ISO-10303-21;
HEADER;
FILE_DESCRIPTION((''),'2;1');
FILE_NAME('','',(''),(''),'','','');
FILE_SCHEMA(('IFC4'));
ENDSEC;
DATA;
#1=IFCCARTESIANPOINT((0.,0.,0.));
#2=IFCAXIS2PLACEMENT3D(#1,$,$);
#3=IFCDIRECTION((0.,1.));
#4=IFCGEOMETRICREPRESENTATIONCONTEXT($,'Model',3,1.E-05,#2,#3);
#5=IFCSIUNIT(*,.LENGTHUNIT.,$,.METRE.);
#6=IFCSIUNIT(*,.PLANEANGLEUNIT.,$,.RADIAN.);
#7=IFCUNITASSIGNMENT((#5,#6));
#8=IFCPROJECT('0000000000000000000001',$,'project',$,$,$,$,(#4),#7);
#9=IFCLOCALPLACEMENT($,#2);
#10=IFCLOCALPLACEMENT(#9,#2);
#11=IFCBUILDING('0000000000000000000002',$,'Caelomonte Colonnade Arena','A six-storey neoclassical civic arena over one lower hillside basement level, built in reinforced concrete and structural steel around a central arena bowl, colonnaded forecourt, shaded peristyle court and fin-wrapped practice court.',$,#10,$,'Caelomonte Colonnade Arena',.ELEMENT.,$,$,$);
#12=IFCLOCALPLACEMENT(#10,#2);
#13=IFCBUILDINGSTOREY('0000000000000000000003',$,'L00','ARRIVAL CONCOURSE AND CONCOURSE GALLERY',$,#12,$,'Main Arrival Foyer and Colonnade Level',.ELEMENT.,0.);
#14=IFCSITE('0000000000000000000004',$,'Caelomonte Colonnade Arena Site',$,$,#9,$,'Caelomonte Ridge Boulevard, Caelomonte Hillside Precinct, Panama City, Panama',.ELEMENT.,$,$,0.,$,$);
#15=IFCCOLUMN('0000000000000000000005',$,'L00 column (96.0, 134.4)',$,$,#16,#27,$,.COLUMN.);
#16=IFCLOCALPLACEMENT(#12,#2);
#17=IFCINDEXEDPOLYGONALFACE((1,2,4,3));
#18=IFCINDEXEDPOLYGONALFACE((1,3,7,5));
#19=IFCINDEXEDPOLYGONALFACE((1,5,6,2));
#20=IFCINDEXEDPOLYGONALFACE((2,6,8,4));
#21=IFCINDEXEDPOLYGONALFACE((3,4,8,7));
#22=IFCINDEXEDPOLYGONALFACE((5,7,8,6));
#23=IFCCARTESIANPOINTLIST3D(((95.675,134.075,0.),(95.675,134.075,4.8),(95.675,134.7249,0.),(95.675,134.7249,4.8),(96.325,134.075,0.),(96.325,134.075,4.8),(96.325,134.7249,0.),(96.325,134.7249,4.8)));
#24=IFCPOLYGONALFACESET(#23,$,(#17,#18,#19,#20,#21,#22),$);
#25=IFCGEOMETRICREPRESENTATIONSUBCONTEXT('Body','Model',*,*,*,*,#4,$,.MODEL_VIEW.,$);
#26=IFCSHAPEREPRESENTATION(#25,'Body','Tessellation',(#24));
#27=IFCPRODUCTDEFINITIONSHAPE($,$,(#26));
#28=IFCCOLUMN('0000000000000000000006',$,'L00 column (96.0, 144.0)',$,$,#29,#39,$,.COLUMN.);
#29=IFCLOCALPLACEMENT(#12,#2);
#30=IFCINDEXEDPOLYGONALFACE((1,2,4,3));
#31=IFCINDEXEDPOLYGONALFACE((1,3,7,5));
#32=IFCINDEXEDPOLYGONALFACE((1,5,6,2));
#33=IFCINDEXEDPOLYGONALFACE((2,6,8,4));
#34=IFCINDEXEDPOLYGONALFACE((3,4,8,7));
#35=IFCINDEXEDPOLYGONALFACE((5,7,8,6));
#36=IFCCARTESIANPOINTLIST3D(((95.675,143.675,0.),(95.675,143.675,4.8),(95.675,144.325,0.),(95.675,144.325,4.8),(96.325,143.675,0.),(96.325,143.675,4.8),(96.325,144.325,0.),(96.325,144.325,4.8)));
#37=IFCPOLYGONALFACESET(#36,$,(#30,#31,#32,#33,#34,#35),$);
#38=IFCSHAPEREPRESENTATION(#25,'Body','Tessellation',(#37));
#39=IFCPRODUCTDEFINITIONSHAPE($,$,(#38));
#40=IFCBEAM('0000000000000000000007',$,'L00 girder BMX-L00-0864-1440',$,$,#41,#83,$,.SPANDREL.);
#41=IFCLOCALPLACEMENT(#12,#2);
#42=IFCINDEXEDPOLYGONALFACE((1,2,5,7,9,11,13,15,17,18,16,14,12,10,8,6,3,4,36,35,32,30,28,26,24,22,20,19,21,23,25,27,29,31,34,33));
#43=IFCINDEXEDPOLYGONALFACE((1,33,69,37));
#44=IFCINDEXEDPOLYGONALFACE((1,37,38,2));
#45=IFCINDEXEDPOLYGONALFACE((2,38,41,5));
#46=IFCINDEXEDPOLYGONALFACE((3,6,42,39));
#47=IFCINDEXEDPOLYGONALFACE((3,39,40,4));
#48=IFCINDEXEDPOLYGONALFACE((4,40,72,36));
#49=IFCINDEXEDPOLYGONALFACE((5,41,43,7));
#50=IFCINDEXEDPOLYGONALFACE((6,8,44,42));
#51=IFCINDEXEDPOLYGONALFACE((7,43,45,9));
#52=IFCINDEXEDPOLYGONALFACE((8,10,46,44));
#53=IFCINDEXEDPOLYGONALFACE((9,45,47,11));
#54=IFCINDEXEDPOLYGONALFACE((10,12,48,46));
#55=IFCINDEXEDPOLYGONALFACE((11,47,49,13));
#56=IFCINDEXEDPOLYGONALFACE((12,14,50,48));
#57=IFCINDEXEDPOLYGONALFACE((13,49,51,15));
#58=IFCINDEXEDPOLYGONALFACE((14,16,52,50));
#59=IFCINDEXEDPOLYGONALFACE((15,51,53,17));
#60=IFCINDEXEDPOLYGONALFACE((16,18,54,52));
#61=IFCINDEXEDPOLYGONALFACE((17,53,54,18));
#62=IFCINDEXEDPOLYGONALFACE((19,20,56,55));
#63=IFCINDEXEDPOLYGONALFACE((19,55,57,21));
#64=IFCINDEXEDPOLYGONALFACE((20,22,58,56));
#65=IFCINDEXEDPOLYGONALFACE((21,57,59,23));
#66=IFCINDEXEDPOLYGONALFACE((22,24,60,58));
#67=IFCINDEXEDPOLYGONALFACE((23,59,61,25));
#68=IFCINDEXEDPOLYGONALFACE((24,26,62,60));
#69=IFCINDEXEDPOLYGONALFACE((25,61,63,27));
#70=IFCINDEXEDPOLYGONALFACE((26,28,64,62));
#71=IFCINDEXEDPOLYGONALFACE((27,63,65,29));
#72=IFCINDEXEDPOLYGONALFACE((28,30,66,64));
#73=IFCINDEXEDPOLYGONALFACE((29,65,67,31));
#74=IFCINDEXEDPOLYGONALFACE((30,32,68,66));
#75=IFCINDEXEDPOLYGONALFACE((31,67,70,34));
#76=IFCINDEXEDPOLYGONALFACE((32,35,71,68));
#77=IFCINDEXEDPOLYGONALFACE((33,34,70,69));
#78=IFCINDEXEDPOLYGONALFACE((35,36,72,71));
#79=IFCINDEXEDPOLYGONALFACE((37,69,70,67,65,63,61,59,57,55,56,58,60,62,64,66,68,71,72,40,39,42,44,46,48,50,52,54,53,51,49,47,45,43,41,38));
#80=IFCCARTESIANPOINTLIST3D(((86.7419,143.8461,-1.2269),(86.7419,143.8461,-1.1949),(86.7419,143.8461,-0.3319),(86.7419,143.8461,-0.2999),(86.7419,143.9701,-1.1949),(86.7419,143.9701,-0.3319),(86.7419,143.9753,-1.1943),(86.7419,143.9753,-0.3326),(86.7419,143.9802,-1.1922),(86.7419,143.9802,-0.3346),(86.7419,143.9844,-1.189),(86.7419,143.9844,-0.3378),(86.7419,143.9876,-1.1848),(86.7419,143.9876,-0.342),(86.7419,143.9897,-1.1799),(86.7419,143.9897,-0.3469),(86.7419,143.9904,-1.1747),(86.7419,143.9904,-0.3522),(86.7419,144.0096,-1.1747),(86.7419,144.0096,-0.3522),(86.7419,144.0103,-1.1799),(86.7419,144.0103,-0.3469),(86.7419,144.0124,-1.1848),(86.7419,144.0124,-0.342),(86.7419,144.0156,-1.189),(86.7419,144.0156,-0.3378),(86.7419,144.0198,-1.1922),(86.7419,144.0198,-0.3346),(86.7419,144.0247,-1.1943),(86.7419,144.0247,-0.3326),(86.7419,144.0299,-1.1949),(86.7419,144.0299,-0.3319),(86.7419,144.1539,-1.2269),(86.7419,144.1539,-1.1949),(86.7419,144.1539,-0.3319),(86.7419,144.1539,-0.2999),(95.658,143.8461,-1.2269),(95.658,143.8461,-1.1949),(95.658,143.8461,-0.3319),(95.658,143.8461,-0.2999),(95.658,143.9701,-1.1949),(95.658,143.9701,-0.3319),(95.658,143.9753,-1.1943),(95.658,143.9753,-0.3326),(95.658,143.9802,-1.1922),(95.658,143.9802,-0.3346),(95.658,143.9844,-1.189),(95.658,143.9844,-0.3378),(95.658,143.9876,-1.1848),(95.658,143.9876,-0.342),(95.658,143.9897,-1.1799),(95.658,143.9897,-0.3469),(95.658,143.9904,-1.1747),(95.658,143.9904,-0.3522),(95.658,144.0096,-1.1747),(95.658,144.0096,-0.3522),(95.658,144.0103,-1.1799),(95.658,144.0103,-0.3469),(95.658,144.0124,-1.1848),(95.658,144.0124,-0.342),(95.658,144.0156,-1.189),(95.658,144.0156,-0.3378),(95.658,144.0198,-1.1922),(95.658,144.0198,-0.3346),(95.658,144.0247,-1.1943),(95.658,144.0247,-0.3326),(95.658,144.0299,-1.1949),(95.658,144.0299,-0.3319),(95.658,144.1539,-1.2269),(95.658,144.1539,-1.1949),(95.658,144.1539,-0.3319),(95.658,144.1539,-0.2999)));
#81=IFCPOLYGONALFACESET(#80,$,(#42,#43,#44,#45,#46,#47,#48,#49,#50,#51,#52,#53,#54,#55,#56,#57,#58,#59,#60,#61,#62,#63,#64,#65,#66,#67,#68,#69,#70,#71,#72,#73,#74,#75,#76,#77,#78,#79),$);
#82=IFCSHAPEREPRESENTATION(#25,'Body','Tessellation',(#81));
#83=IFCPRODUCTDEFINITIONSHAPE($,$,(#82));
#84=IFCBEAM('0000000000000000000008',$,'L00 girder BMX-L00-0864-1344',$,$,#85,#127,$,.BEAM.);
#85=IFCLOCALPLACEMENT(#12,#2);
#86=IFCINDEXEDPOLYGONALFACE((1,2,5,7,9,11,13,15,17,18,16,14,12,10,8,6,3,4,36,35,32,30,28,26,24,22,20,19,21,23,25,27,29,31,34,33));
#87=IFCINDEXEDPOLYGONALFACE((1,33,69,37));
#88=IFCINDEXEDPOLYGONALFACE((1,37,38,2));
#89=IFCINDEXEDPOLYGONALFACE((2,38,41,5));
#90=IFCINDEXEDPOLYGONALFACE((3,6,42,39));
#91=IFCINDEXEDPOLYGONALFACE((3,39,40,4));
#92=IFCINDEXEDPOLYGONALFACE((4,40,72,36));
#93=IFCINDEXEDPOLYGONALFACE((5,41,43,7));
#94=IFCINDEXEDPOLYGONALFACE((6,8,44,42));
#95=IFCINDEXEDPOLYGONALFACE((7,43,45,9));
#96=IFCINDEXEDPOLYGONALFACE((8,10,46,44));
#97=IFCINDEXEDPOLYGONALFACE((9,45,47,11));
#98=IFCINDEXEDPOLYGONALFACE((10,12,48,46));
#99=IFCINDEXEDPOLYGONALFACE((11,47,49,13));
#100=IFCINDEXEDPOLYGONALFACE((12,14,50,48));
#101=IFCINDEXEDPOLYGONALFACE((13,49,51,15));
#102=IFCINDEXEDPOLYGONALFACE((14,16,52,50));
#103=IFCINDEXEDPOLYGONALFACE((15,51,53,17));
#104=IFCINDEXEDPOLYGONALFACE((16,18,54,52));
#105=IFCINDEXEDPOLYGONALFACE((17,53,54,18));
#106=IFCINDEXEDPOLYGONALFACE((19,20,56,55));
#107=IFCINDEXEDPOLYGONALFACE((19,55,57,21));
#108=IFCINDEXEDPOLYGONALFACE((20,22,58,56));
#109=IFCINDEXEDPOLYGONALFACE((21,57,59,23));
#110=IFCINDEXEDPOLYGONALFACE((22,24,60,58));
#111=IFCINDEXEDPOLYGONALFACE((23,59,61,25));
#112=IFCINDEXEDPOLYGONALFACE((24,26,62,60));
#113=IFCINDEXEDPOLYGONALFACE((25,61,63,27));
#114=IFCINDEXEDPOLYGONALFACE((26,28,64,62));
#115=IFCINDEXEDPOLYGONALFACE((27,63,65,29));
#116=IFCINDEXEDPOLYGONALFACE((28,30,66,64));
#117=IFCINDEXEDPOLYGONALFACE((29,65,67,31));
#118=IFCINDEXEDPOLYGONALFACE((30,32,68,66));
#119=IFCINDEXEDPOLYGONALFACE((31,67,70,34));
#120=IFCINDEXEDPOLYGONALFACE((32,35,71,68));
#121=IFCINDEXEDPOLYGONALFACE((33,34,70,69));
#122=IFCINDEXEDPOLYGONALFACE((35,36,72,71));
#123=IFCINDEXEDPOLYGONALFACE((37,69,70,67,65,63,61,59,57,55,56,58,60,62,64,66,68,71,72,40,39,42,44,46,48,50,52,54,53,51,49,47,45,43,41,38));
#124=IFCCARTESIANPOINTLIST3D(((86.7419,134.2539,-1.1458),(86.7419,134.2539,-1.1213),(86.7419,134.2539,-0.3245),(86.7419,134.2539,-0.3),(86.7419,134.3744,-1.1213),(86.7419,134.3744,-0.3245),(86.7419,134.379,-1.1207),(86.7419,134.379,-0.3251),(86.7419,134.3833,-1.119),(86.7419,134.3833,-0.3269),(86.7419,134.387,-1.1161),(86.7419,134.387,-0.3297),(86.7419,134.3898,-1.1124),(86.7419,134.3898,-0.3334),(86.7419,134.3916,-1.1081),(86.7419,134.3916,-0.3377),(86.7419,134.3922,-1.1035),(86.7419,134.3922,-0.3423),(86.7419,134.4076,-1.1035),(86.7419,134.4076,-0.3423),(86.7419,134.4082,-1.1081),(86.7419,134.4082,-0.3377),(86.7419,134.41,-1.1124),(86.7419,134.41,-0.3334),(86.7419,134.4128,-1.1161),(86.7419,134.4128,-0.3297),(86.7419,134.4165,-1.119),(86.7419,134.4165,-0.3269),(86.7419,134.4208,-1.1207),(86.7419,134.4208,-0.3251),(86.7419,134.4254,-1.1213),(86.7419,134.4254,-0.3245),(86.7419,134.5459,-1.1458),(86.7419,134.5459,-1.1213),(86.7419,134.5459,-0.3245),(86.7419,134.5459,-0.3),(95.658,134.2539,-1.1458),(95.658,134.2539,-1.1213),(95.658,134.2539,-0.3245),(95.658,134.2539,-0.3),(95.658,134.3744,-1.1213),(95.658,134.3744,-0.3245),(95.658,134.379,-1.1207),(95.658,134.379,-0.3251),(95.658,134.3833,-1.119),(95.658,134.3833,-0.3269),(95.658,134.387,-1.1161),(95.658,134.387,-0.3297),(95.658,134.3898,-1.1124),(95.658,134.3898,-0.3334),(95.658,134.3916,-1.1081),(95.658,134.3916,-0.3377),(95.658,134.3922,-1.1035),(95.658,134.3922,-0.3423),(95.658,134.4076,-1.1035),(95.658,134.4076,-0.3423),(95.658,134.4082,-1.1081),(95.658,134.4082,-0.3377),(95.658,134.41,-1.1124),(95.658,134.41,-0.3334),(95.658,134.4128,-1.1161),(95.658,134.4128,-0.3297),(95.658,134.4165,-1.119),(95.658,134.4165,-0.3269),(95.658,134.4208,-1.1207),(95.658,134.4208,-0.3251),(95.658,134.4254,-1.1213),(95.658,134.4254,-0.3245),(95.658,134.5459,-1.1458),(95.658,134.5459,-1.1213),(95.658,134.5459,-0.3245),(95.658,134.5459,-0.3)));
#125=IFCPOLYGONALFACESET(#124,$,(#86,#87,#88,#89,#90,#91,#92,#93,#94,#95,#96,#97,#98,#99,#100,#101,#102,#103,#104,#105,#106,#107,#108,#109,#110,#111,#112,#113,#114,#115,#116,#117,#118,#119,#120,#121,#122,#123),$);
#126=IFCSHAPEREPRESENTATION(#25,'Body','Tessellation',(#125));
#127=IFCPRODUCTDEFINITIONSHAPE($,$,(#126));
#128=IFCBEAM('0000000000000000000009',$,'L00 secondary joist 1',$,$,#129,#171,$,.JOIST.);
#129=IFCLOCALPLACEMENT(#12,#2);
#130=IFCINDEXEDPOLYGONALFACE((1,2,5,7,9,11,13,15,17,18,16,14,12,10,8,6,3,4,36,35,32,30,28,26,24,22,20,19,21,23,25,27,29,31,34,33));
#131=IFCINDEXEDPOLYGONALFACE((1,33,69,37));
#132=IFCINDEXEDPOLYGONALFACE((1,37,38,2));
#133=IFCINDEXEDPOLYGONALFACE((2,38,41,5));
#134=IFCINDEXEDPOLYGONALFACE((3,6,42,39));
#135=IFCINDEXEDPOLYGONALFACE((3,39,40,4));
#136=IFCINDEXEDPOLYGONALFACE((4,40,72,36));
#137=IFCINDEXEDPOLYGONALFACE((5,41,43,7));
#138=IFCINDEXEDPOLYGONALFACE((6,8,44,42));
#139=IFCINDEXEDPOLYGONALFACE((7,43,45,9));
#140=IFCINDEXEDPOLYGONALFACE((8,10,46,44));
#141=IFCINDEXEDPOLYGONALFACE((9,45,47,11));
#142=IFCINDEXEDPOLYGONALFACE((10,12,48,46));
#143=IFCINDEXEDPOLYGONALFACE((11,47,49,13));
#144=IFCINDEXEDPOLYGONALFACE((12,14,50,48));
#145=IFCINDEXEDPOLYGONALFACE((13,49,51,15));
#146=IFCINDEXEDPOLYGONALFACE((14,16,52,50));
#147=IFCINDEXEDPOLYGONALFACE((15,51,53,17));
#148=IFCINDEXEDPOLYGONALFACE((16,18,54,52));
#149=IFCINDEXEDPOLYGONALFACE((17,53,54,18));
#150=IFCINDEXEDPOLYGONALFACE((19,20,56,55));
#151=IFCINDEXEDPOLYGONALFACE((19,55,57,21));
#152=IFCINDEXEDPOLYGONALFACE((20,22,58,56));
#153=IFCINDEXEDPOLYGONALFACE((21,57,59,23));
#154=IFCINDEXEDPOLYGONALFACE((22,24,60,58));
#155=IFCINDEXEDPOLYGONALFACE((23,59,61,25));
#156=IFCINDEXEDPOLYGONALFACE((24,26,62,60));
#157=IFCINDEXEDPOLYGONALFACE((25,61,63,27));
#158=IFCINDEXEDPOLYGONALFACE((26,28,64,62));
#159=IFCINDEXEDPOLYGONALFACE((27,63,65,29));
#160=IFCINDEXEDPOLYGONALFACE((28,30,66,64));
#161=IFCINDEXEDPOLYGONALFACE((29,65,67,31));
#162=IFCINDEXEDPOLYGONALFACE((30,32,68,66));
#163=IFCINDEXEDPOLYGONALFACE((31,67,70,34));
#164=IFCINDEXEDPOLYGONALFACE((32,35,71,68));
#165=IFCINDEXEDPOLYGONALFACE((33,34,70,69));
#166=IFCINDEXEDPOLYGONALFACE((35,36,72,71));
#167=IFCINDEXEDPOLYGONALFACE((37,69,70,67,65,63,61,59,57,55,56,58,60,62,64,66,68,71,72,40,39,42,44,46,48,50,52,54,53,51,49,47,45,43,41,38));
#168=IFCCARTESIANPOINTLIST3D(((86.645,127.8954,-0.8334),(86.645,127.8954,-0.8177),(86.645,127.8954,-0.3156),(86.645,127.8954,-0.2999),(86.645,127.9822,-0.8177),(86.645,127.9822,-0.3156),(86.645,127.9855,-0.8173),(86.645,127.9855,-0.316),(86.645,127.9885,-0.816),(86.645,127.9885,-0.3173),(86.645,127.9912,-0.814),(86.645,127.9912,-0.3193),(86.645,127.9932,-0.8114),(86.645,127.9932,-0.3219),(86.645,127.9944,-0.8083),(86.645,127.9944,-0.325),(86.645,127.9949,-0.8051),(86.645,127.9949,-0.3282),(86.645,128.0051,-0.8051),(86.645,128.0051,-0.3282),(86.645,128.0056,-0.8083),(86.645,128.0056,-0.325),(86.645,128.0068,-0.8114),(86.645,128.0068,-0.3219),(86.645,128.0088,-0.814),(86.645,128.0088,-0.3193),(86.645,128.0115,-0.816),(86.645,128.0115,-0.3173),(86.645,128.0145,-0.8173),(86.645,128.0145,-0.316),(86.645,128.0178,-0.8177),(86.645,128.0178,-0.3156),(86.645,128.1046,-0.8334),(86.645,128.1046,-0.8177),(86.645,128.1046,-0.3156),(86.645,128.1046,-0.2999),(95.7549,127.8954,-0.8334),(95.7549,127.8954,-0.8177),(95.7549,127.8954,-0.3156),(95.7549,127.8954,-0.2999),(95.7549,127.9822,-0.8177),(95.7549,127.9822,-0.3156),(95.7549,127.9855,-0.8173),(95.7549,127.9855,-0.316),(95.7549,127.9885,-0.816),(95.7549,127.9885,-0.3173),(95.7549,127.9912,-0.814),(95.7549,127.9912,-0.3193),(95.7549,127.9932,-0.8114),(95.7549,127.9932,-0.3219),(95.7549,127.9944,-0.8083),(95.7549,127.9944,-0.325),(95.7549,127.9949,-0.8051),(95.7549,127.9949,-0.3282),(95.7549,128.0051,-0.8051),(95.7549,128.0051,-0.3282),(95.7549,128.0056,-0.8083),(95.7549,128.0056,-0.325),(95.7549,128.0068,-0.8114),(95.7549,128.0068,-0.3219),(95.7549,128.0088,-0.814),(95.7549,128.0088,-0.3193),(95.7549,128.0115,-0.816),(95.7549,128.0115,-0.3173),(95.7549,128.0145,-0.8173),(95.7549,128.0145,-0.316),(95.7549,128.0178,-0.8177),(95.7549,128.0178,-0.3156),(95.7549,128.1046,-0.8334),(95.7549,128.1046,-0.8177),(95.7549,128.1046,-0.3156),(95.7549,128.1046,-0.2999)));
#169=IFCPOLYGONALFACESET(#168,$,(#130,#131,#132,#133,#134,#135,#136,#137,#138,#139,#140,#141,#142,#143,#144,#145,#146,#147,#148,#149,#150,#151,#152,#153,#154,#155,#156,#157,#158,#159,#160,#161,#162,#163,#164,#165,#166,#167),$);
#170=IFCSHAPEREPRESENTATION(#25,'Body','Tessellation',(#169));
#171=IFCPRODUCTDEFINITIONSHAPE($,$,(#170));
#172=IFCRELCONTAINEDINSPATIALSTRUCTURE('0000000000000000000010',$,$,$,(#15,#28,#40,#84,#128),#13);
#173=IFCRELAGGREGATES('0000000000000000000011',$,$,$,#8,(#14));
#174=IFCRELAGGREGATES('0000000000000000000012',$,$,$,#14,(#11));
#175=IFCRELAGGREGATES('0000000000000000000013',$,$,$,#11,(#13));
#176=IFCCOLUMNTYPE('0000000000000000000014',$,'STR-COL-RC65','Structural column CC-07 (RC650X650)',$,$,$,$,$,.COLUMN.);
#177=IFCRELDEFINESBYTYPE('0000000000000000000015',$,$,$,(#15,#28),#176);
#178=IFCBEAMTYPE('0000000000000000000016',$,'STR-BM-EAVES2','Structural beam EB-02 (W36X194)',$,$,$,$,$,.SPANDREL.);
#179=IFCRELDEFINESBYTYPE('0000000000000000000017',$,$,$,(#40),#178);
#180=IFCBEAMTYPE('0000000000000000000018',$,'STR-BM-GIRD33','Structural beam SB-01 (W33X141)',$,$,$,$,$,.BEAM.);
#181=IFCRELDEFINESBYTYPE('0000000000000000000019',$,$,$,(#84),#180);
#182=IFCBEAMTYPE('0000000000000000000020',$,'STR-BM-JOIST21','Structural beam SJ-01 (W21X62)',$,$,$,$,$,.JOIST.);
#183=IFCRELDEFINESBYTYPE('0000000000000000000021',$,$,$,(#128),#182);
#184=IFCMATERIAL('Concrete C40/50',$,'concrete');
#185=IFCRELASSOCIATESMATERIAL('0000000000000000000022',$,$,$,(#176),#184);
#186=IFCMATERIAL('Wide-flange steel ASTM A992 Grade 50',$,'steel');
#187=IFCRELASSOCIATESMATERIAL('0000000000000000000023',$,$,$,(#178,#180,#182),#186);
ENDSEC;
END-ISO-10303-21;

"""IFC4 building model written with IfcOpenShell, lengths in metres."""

from ifc_helpers import new_model, si_unit, direction, frame, origin, origin_2d, place, context, subcontext, project, spatial, rectangle, i_section, extrude, material, material_profile, profile_set, type_object, element, save


model = new_model("IFC4")

# Units and contexts
model_context = context("Model", 3, precision=1e-05, world=origin(), true_north=direction((0.0, 1.0)))
body_context = subcontext(model_context, "Body", "Model", "MODEL_VIEW")
ifc_project = project(units=[si_unit("LENGTHUNIT", "METRE"), si_unit("PLANEANGLEUNIT", "RADIAN")], contexts=[model_context])

# Site, building, storey
site_placement = place(None, origin())
site = spatial("IfcSite", under=ifc_project, at=site_placement, Name="Caelomonte Colonnade Arena Site", LongName="Caelomonte Ridge Boulevard, Caelomonte Hillside Precinct, Panama City, Panama", CompositionType="ELEMENT", RefElevation=0.0)
building_placement = place(site_placement, origin())
building = spatial("IfcBuilding", under=site, at=building_placement, Name="Caelomonte Colonnade Arena", Description="A six-storey neoclassical civic arena over one lower hillside basement level, built in reinforced concrete and structural steel around a central arena bowl, colonnaded forecourt, shaded peristyle court and fin-wrapped practice court.", LongName="Caelomonte Colonnade Arena", CompositionType="ELEMENT")
storey_placement = place(building_placement, origin())
storey = spatial("IfcBuildingStorey", under=building, at=storey_placement, Name="L00", Description="ARRIVAL CONCOURSE AND CONCOURSE GALLERY", LongName="Main Arrival Foyer and Colonnade Level", CompositionType="ELEMENT", Elevation=0.0)

# Columns
ifc_material_1 = material(Name="Concrete C40/50", Category="concrete")
ifc_material_profile_1 = material_profile(ifc_material_1, rectangle(XDim=0.6499, YDim=0.6499, at=origin_2d()), Name="RC650X650")
ifc_profile_set_1 = profile_set([ifc_material_profile_1], Name="Concrete C40/50")
column_type = type_object("IfcColumnType", Name="STR-COL-RC65", Description="Structural column CC-07 (RC650X650)", PredefinedType="COLUMN", material=ifc_profile_set_1)
for number, where, z_axis, x_axis, name in (
    (1, (96.0, 134.3999, 0.0), (0.0, 0.0, 1.0), (1.0, 0.0, 0.0), "L00 column (96.0, 134.4)"),
    (2, (96.0, 144.0, 0.0), (0.0, 0.0, 1.0), (1.0, 0.0, 0.0), "L00 column (96.0, 144.0)"),
):
    element("IfcColumn", number, at=place(storey_placement, frame(where, z_axis=z_axis, x_axis=x_axis)), inside=storey, type_object=column_type, Name=name, PredefinedType="COLUMN", context=body_context, shape_type="SweptSolid", body=[
        extrude(rectangle(XDim=0.6499, YDim=0.6499, at=origin_2d()), origin(), (0.0, 0.0, 1.0), 4.8),
    ])

# Beams
ifc_material_2 = material(Name="Wide-flange steel ASTM A992 Grade 50", Category="steel")
ifc_material_profile_2 = material_profile(ifc_material_2, i_section(OverallWidth=0.3079, OverallDepth=0.927, WebThickness=0.0193, FlangeThickness=0.032, FilletRadius=0.0203, at=origin_2d()), Name="W36X194")
ifc_profile_set_2 = profile_set([ifc_material_profile_2], Name="Wide-flange steel ASTM A992 Grade 50")
beam_type_1 = type_object("IfcBeamType", Name="STR-BM-EAVES2", Description="Structural beam EB-02 (W36X194)", PredefinedType="SPANDREL", material=ifc_profile_set_2)
beam_1_placement = place(storey_placement, frame((86.7419, 144.0, -0.7634), z_axis=(1.0, 0.0, 0.0), x_axis=(0.0, 1.0, 0.0)))
element("IfcBeam", 3, at=beam_1_placement, inside=storey, type_object=beam_type_1, Name="L00 girder BMX-L00-0864-1440", PredefinedType="SPANDREL", context=body_context, shape_type="SweptSolid", body=[
    extrude(i_section(OverallWidth=0.3079, OverallDepth=0.927, WebThickness=0.0193, FlangeThickness=0.032, FilletRadius=0.0203, at=origin_2d()), origin(), (0.0, 0.0, 1.0), 8.916),
])
ifc_material_profile_3 = material_profile(ifc_material_2, i_section(OverallWidth=0.292, OverallDepth=0.8457, WebThickness=0.0154, FlangeThickness=0.0244, FilletRadius=0.0178, at=origin_2d()), Name="W33X141")
ifc_profile_set_3 = profile_set([ifc_material_profile_3], Name="Wide-flange steel ASTM A992 Grade 50")
beam_type_2 = type_object("IfcBeamType", Name="STR-BM-GIRD33", Description="Structural beam SB-01 (W33X141)", PredefinedType="BEAM", material=ifc_profile_set_3)
beam_2_placement = place(storey_placement, frame((86.7419, 134.3999, -0.7229), z_axis=(1.0, 0.0, 0.0), x_axis=(0.0, 1.0, 0.0)))
element("IfcBeam", 4, at=beam_2_placement, inside=storey, type_object=beam_type_2, Name="L00 girder BMX-L00-0864-1344", PredefinedType="BEAM", context=body_context, shape_type="SweptSolid", body=[
    extrude(i_section(OverallWidth=0.292, OverallDepth=0.8457, WebThickness=0.0154, FlangeThickness=0.0244, FilletRadius=0.0178, at=origin_2d()), origin(), (0.0, 0.0, 1.0), 8.916),
])
ifc_material_profile_4 = material_profile(ifc_material_2, i_section(OverallWidth=0.2092, OverallDepth=0.5334, WebThickness=0.0103, FlangeThickness=0.0156, FilletRadius=0.0127, at=origin_2d()), Name="W21X62")
ifc_profile_set_4 = profile_set([ifc_material_profile_4], Name="Wide-flange steel ASTM A992 Grade 50")
beam_type_3 = type_object("IfcBeamType", Name="STR-BM-JOIST21", Description="Structural beam SJ-01 (W21X62)", PredefinedType="JOIST", material=ifc_profile_set_4)
for number, where, z_axis, x_axis, name in (
    (5, (86.645, 128.0, -0.5667), (1.0, 0.0, 0.0), (0.0, 1.0, 0.0), "L00 secondary joist 1"),
):
    element("IfcBeam", number, at=place(storey_placement, frame(where, z_axis=z_axis, x_axis=x_axis)), inside=storey, type_object=beam_type_3, Name=name, PredefinedType="JOIST", context=body_context, shape_type="SweptSolid", body=[
        extrude(i_section(OverallWidth=0.2092, OverallDepth=0.5334, WebThickness=0.0103, FlangeThickness=0.0156, FilletRadius=0.0127, at=origin_2d()), origin(), (0.0, 0.0, 1.0), 9.1099),
    ])

save(model, "model.ifc")
